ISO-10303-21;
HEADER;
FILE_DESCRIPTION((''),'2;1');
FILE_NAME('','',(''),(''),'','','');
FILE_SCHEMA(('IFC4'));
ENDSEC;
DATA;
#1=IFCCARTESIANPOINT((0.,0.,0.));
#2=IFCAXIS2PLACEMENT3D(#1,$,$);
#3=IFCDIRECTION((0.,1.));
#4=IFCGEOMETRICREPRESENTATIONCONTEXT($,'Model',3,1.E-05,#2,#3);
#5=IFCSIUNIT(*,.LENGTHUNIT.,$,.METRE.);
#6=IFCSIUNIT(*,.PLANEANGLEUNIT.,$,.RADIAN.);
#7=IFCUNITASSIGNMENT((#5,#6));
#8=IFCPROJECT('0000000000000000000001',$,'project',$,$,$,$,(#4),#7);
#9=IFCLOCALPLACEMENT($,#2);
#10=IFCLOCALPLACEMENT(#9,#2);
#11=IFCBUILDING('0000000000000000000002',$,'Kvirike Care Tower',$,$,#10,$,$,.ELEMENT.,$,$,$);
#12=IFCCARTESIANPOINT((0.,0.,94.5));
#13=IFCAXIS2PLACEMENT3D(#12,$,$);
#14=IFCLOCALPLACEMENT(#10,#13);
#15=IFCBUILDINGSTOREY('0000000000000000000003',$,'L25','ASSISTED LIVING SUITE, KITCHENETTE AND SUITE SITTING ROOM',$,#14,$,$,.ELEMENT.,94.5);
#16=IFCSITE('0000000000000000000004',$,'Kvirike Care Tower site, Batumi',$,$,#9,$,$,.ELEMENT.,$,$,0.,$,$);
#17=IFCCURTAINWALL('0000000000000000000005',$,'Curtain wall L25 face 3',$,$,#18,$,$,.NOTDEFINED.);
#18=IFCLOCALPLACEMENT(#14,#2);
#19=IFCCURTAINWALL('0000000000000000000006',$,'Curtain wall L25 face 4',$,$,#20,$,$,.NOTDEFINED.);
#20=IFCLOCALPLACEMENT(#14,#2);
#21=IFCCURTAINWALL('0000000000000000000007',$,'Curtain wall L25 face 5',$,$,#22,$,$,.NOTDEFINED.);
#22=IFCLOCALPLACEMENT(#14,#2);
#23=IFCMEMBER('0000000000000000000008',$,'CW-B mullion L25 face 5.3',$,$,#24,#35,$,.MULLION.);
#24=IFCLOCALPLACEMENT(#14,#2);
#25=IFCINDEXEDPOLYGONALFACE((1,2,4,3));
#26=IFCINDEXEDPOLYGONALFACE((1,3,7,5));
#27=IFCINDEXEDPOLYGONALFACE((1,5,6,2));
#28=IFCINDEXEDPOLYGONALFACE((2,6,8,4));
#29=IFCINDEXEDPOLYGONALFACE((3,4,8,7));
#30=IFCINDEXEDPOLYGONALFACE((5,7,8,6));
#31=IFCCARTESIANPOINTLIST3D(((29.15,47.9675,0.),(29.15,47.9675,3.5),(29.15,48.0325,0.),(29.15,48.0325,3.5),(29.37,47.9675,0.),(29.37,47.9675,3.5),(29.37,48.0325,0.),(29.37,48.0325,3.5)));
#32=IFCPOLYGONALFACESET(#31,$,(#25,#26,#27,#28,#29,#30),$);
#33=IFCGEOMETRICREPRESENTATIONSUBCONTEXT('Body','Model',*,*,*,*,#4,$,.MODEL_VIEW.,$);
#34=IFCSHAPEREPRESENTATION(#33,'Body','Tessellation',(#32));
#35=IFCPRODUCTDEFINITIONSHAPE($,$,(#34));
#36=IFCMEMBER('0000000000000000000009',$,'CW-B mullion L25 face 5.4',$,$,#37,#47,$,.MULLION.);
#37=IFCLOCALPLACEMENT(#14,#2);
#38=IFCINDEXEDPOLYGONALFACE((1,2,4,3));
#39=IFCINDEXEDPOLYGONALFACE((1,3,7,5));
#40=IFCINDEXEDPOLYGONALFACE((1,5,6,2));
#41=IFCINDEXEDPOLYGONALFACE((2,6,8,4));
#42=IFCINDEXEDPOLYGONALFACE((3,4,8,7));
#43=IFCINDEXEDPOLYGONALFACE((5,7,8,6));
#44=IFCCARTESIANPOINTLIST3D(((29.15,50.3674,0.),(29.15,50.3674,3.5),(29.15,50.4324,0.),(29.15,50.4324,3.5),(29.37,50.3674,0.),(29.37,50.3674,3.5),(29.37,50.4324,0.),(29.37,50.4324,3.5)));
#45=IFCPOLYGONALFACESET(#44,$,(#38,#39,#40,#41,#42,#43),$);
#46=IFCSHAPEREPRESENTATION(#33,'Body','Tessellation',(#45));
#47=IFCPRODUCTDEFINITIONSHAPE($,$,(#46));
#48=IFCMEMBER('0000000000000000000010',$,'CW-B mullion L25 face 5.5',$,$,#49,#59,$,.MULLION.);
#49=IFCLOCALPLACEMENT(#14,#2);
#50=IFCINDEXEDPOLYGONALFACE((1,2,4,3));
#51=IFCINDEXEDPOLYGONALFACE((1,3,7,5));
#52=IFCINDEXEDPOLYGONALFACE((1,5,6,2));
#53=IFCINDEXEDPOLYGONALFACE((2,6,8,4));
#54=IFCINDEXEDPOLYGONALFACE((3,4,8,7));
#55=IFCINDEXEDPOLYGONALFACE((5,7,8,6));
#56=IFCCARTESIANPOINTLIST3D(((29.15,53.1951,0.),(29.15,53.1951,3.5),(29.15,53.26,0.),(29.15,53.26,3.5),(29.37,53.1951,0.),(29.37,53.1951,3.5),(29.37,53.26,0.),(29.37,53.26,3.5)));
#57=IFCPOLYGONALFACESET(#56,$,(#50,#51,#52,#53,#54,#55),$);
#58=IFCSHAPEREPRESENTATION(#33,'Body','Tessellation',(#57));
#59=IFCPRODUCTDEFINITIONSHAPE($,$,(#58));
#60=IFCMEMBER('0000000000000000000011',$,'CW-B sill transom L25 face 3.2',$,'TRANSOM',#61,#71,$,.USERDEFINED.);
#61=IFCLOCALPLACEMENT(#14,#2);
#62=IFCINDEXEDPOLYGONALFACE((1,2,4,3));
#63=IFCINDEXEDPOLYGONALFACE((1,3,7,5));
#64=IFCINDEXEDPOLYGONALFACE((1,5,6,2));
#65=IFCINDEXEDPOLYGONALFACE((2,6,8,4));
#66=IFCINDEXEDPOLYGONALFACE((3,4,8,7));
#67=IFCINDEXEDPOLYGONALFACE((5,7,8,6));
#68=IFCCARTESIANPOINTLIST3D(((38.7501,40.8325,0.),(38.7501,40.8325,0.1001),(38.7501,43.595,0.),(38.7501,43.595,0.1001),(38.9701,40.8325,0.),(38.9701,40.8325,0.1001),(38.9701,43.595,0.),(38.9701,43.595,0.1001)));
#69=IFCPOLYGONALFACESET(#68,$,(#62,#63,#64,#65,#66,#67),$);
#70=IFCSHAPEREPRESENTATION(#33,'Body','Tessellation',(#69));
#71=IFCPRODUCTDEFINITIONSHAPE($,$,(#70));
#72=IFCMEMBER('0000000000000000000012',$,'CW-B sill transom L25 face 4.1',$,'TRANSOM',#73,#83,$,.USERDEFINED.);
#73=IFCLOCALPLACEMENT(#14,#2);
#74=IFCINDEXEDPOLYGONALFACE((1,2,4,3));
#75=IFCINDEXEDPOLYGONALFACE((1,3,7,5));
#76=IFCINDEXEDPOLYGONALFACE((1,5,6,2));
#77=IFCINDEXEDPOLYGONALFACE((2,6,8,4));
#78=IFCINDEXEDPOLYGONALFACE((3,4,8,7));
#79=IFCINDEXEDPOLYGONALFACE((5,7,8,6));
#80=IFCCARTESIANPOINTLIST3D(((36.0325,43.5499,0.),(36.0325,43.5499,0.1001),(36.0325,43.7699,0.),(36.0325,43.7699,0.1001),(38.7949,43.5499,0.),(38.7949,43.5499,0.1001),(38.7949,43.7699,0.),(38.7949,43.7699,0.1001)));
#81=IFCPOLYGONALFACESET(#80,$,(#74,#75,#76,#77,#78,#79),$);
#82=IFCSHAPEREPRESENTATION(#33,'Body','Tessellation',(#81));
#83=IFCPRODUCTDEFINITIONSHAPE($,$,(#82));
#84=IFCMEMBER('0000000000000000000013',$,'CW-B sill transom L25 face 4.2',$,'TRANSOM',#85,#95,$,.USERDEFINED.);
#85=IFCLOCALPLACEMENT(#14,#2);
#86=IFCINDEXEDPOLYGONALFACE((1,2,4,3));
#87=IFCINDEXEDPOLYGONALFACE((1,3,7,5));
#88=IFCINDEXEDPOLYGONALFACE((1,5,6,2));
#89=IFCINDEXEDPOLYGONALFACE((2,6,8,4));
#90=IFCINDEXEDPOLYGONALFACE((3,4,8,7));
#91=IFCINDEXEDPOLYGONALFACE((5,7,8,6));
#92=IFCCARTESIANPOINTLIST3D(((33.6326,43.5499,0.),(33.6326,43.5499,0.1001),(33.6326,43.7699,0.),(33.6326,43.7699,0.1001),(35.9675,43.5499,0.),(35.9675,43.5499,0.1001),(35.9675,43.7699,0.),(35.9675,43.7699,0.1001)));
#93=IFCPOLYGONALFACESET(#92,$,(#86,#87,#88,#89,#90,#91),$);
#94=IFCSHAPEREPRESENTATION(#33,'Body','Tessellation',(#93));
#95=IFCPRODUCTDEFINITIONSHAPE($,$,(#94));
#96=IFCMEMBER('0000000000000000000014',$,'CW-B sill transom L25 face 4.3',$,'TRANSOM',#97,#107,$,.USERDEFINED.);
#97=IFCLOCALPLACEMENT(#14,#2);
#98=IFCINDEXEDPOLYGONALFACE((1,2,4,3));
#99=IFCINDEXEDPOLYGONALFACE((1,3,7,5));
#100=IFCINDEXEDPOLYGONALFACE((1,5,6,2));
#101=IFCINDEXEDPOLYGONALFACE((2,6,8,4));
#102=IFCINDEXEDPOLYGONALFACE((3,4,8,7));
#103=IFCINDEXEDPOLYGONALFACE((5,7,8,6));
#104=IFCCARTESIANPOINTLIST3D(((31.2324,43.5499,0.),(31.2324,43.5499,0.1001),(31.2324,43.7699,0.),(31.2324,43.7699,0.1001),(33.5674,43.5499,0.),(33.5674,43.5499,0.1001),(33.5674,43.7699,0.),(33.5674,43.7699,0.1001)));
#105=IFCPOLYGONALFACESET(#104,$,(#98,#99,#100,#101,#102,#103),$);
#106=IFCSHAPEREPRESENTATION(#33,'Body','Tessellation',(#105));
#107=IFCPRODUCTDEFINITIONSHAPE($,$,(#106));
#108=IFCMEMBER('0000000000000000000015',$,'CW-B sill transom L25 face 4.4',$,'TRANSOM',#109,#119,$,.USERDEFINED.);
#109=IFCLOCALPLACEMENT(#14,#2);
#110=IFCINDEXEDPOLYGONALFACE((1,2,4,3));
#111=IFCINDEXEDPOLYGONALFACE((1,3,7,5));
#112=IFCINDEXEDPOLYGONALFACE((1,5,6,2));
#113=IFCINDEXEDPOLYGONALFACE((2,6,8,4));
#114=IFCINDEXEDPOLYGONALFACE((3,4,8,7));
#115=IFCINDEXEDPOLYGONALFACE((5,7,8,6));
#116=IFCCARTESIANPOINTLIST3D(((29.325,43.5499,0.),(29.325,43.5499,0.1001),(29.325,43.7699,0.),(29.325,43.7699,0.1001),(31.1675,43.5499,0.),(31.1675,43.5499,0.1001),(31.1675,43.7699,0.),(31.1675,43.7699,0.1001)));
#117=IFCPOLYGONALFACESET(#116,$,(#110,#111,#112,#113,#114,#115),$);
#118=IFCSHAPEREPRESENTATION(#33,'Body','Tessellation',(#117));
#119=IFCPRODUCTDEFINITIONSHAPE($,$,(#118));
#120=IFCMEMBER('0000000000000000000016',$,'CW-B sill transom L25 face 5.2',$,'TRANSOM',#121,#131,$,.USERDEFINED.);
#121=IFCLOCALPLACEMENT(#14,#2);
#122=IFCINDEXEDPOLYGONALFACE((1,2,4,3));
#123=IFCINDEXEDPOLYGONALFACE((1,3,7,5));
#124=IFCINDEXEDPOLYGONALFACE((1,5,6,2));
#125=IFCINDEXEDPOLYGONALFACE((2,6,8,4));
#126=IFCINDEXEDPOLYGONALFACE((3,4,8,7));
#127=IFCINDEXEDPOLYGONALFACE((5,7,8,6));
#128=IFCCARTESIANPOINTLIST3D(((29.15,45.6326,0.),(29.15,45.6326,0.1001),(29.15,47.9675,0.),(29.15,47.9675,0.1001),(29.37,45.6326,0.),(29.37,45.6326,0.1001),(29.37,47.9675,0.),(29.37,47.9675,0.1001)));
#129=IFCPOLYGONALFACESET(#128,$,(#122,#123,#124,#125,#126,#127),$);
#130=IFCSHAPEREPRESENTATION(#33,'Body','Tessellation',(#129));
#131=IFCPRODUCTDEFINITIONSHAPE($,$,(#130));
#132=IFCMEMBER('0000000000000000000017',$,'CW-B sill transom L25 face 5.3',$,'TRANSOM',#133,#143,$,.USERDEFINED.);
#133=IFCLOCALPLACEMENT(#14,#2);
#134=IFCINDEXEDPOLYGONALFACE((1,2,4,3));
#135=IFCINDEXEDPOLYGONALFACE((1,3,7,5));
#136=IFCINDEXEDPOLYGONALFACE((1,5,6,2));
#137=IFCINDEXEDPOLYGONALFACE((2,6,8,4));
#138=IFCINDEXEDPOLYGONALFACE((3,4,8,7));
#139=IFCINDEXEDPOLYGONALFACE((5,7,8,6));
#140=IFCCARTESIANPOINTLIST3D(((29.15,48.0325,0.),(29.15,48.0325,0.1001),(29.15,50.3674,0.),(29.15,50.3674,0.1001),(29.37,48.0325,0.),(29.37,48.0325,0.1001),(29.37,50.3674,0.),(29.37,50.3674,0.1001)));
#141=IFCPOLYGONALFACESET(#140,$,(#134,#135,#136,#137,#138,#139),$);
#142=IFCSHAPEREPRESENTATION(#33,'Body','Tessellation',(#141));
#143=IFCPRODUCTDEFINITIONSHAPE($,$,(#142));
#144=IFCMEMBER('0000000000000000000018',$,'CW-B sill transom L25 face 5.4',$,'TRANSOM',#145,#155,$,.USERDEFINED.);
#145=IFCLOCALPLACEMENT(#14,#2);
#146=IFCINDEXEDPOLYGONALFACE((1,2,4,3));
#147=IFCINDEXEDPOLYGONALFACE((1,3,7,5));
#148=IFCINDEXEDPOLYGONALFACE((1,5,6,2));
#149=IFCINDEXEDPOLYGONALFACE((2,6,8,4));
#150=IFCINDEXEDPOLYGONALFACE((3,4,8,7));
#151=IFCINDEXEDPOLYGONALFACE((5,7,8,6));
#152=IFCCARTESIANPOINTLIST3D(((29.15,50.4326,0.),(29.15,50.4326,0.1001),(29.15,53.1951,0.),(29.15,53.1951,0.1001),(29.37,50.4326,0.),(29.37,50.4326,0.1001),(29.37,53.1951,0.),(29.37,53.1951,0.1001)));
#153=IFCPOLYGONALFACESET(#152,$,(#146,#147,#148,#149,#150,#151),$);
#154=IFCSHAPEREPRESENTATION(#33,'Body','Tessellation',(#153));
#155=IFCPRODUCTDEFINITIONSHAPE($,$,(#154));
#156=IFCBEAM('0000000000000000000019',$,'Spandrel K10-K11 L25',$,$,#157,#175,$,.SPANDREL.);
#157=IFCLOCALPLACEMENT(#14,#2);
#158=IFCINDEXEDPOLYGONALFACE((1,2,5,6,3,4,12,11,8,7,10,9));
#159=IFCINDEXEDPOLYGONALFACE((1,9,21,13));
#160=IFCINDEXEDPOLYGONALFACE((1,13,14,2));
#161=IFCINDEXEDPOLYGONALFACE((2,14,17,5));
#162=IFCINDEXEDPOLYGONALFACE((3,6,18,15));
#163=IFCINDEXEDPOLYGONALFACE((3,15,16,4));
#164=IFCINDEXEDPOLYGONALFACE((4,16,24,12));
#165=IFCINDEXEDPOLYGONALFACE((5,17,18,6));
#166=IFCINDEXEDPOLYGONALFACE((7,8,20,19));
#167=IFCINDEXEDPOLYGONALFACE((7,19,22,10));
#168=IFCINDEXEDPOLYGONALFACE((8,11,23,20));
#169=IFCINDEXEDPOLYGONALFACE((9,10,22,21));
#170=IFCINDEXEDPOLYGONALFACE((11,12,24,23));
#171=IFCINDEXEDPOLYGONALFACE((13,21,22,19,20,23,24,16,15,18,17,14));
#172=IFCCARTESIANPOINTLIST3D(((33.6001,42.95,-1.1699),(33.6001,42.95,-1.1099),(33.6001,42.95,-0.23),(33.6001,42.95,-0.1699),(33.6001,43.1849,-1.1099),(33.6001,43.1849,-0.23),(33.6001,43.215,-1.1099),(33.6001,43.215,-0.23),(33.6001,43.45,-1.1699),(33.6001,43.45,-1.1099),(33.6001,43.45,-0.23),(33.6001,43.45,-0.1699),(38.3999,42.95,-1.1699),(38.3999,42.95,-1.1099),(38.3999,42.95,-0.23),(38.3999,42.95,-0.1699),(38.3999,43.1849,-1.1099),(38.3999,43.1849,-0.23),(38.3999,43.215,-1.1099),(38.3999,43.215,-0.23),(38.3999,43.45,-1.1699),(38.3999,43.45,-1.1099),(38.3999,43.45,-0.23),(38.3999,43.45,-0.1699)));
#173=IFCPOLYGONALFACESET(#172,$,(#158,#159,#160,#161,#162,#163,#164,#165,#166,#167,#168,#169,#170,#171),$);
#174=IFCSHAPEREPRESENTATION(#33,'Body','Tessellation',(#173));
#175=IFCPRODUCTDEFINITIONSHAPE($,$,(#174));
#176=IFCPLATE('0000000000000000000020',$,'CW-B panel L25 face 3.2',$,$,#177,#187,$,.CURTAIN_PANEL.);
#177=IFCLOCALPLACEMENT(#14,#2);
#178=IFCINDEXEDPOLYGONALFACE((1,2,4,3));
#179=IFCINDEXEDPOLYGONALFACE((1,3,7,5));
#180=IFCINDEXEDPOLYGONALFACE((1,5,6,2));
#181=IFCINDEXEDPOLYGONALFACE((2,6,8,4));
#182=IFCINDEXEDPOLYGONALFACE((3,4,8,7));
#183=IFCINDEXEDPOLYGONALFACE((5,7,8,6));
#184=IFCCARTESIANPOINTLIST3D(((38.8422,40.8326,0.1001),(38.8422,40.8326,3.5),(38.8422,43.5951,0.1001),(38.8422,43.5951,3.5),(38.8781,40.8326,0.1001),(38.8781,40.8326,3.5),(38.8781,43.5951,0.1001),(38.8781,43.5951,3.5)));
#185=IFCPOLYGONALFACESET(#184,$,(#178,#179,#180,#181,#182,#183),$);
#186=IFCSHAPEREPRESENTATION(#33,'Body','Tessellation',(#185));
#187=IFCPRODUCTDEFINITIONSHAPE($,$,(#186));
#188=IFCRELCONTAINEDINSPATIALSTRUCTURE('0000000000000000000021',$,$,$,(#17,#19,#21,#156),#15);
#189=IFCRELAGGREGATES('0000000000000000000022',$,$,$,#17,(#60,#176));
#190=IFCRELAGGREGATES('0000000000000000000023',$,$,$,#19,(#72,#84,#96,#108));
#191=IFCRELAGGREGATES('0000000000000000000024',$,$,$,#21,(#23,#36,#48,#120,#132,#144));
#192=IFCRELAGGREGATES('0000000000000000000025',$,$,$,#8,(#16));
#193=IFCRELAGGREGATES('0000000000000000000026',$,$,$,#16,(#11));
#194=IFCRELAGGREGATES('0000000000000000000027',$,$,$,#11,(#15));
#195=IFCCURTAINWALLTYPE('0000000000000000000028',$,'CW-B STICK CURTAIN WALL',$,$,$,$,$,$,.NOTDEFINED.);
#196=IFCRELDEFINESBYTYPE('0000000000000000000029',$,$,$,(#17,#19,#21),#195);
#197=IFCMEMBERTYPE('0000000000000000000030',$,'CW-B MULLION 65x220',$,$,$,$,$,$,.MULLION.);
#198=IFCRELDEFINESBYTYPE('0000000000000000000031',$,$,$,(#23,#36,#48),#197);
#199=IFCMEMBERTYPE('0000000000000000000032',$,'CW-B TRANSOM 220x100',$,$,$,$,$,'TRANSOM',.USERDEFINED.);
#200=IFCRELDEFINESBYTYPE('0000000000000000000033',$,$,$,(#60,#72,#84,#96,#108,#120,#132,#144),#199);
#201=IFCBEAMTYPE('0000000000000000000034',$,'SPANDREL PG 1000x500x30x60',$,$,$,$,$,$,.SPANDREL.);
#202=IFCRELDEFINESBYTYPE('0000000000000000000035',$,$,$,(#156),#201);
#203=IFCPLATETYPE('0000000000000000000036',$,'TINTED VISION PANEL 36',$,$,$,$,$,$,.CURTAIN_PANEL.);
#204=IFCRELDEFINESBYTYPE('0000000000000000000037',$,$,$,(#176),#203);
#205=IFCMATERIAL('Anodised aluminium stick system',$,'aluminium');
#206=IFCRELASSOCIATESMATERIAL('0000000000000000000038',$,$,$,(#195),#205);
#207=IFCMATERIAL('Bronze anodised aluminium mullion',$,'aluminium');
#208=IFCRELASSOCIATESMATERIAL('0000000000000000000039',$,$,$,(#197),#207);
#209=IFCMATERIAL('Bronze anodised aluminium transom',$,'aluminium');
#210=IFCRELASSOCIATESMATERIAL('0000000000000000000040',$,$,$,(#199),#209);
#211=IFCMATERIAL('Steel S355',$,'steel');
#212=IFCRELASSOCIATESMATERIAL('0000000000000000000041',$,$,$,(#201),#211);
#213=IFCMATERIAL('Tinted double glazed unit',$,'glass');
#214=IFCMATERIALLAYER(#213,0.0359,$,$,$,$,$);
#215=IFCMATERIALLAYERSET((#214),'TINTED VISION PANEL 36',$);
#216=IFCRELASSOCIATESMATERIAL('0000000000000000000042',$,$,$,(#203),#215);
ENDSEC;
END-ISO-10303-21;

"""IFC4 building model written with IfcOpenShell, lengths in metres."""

from ifc_helpers import new_model, si_unit, direction, frame, origin, origin_2d, place, context, subcontext, project, spatial, rectangle, i_section, extrude, material, layer, layer_set, material_profile, profile_set, type_object, element, aggregate, save


model = new_model("IFC4")

# Units and contexts
model_context = context("Model", 3, precision=1e-05, world=origin(), true_north=direction((0.0, 1.0)))
body_context = subcontext(model_context, "Body", "Model", "MODEL_VIEW")
ifc_project = project(units=[si_unit("LENGTHUNIT", "METRE"), si_unit("PLANEANGLEUNIT", "RADIAN")], contexts=[model_context])

# Site, building, storey
site_placement = place(None, origin())
site = spatial("IfcSite", under=ifc_project, at=site_placement, Name="Kvirike Care Tower site, Batumi", CompositionType="ELEMENT", RefElevation=0.0)
building_placement = place(site_placement, origin())
building = spatial("IfcBuilding", under=site, at=building_placement, Name="Kvirike Care Tower", CompositionType="ELEMENT")
storey_placement = place(building_placement, frame((0.0, 0.0, 94.5)))
storey = spatial("IfcBuildingStorey", under=building, at=storey_placement, Name="L25", Description="ASSISTED LIVING SUITE, KITCHENETTE AND SUITE SITTING ROOM", CompositionType="ELEMENT", Elevation=94.5)

# Curtain walls
ifc_material_1 = material(Name="Anodised aluminium stick system", Category="aluminium")
curtain_wall_type = type_object("IfcCurtainWallType", Name="CW-B STICK CURTAIN WALL", PredefinedType="NOTDEFINED", material=ifc_material_1)
curtain_wall_1_placement = place(storey_placement, origin())
curtain_wall_1 = element("IfcCurtainWall", 1, at=curtain_wall_1_placement, inside=storey, type_object=curtain_wall_type, Name="Curtain wall L25 face 3", PredefinedType="NOTDEFINED")
curtain_wall_2_placement = place(storey_placement, origin())
curtain_wall_2 = element("IfcCurtainWall", 2, at=curtain_wall_2_placement, inside=storey, type_object=curtain_wall_type, Name="Curtain wall L25 face 4", PredefinedType="NOTDEFINED")
curtain_wall_3_placement = place(storey_placement, origin())
curtain_wall_3 = element("IfcCurtainWall", 3, at=curtain_wall_3_placement, inside=storey, type_object=curtain_wall_type, Name="Curtain wall L25 face 5", PredefinedType="NOTDEFINED")

# Members
ifc_material_2 = material(Name="Bronze anodised aluminium mullion", Category="aluminium")
ifc_material_profile_1 = material_profile(ifc_material_2, rectangle(XDim=0.0649, YDim=0.22, at=origin_2d()), Name="CW-B MULLION 65x220")
ifc_profile_set_1 = profile_set([ifc_material_profile_1], Name="Bronze anodised aluminium mullion")
member_type_1 = type_object("IfcMemberType", Name="CW-B MULLION 65x220", PredefinedType="MULLION", material=ifc_profile_set_1)
member_1_placement = place(storey_placement, frame((29.26, 48.0, 0.0), z_axis=(0.0, 0.0, 1.0), x_axis=(0.0, 1.0, 0.0)))
member_1 = element("IfcMember", 4, at=member_1_placement, type_object=member_type_1, Name="CW-B mullion L25 face 5.3", PredefinedType="MULLION", context=body_context, shape_type="SweptSolid", body=[
    extrude(rectangle(XDim=0.0649, YDim=0.22, at=origin_2d()), origin(), (0.0, 0.0, 1.0), 3.5),
])
member_2_placement = place(storey_placement, frame((29.26, 50.3999, 0.0), z_axis=(0.0, 0.0, 1.0), x_axis=(0.0, 1.0, 0.0)))
member_2 = element("IfcMember", 5, at=member_2_placement, type_object=member_type_1, Name="CW-B mullion L25 face 5.4", PredefinedType="MULLION", context=body_context, shape_type="SweptSolid", body=[
    extrude(rectangle(XDim=0.0649, YDim=0.22, at=origin_2d()), origin(), (0.0, 0.0, 1.0), 3.5),
])
member_3_placement = place(storey_placement, frame((29.26, 53.2275, 0.0), z_axis=(0.0, 0.0, 1.0), x_axis=(0.0, 1.0, 0.0)))
member_3 = element("IfcMember", 6, at=member_3_placement, type_object=member_type_1, Name="CW-B mullion L25 face 5.5", PredefinedType="MULLION", context=body_context, shape_type="SweptSolid", body=[
    extrude(rectangle(XDim=0.0649, YDim=0.22, at=origin_2d()), origin(), (0.0, 0.0, 1.0), 3.5),
])
ifc_material_3 = material(Name="Bronze anodised aluminium transom", Category="aluminium")
ifc_material_profile_2 = material_profile(ifc_material_3, rectangle(XDim=0.22, YDim=0.1001, at=origin_2d()), Name="CW-B TRANSOM 220x100")
ifc_profile_set_2 = profile_set([ifc_material_profile_2], Name="Bronze anodised aluminium transom")
member_type_2 = type_object("IfcMemberType", Name="CW-B TRANSOM 220x100", ElementType="TRANSOM", PredefinedType="USERDEFINED", material=ifc_profile_set_2)
member_4_placement = place(storey_placement, frame((38.8601, 40.8325, 0.05), z_axis=(0.0, 1.0, 0.0), x_axis=(-1.0, 0.0, 0.0)))
member_4 = element("IfcMember", 7, at=member_4_placement, type_object=member_type_2, Name="CW-B sill transom L25 face 3.2", ObjectType="TRANSOM", PredefinedType="USERDEFINED", context=body_context, shape_type="SweptSolid", body=[
    extrude(rectangle(XDim=0.22, YDim=0.1001, at=origin_2d()), origin(), (0.0, 0.0, 1.0), 2.7625),
])
member_5_placement = place(storey_placement, frame((38.7949, 43.6599, 0.05), z_axis=(-1.0, 0.0, 0.0), x_axis=(0.0, -1.0, 0.0)))
member_5 = element("IfcMember", 8, at=member_5_placement, type_object=member_type_2, Name="CW-B sill transom L25 face 4.1", ObjectType="TRANSOM", PredefinedType="USERDEFINED", context=body_context, shape_type="SweptSolid", body=[
    extrude(rectangle(XDim=0.22, YDim=0.1001, at=origin_2d()), origin(), (0.0, 0.0, 1.0), 2.7625),
])
member_6_placement = place(storey_placement, frame((35.9675, 43.6599, 0.05), z_axis=(-1.0, 0.0, 0.0), x_axis=(0.0, -1.0, 0.0)))
member_6 = element("IfcMember", 9, at=member_6_placement, type_object=member_type_2, Name="CW-B sill transom L25 face 4.2", ObjectType="TRANSOM", PredefinedType="USERDEFINED", context=body_context, shape_type="SweptSolid", body=[
    extrude(rectangle(XDim=0.22, YDim=0.1001, at=origin_2d()), origin(), (0.0, 0.0, 1.0), 2.335),
])
member_7_placement = place(storey_placement, frame((33.5674, 43.6599, 0.05), z_axis=(-1.0, 0.0, 0.0), x_axis=(0.0, -1.0, 0.0)))
member_7 = element("IfcMember", 10, at=member_7_placement, type_object=member_type_2, Name="CW-B sill transom L25 face 4.3", ObjectType="TRANSOM", PredefinedType="USERDEFINED", context=body_context, shape_type="SweptSolid", body=[
    extrude(rectangle(XDim=0.22, YDim=0.1001, at=origin_2d()), origin(), (0.0, 0.0, 1.0), 2.335),
])
member_8_placement = place(storey_placement, frame((31.1675, 43.6599, 0.05), z_axis=(-1.0, 0.0, 0.0), x_axis=(0.0, -1.0, 0.0)))
member_8 = element("IfcMember", 11, at=member_8_placement, type_object=member_type_2, Name="CW-B sill transom L25 face 4.4", ObjectType="TRANSOM", PredefinedType="USERDEFINED", context=body_context, shape_type="SweptSolid", body=[
    extrude(rectangle(XDim=0.22, YDim=0.1001, at=origin_2d()), origin(), (0.0, 0.0, 1.0), 1.8425),
])
member_9_placement = place(storey_placement, frame((29.26, 45.6326, 0.05), z_axis=(0.0, 1.0, 0.0), x_axis=(-1.0, 0.0, 0.0)))
member_9 = element("IfcMember", 12, at=member_9_placement, type_object=member_type_2, Name="CW-B sill transom L25 face 5.2", ObjectType="TRANSOM", PredefinedType="USERDEFINED", context=body_context, shape_type="SweptSolid", body=[
    extrude(rectangle(XDim=0.22, YDim=0.1001, at=origin_2d()), origin(), (0.0, 0.0, 1.0), 2.335),
])
member_10_placement = place(storey_placement, frame((29.26, 48.0325, 0.05), z_axis=(0.0, 1.0, 0.0), x_axis=(-1.0, 0.0, 0.0)))
member_10 = element("IfcMember", 13, at=member_10_placement, type_object=member_type_2, Name="CW-B sill transom L25 face 5.3", ObjectType="TRANSOM", PredefinedType="USERDEFINED", context=body_context, shape_type="SweptSolid", body=[
    extrude(rectangle(XDim=0.22, YDim=0.1001, at=origin_2d()), origin(), (0.0, 0.0, 1.0), 2.335),
])
member_11_placement = place(storey_placement, frame((29.26, 50.4326, 0.05), z_axis=(0.0, 1.0, 0.0), x_axis=(-1.0, 0.0, 0.0)))
member_11 = element("IfcMember", 14, at=member_11_placement, type_object=member_type_2, Name="CW-B sill transom L25 face 5.4", ObjectType="TRANSOM", PredefinedType="USERDEFINED", context=body_context, shape_type="SweptSolid", body=[
    extrude(rectangle(XDim=0.22, YDim=0.1001, at=origin_2d()), origin(), (0.0, 0.0, 1.0), 2.7625),
])

# Beam
ifc_material_4 = material(Name="Steel S355", Category="steel")
ifc_material_profile_3 = material_profile(ifc_material_4, i_section(OverallWidth=0.5, OverallDepth=1.0, WebThickness=0.03, FlangeThickness=0.0601, at=origin_2d()), Name="PG 1000x500x30x60")
ifc_profile_set_3 = profile_set([ifc_material_profile_3], Name="Steel S355")
beam_type = type_object("IfcBeamType", Name="SPANDREL PG 1000x500x30x60", PredefinedType="SPANDREL", material=ifc_profile_set_3)
beam_placement = place(storey_placement, frame((33.6001, 43.2, -0.6699), z_axis=(1.0, 0.0, 0.0), x_axis=(0.0, 1.0, 0.0)))
element("IfcBeam", 15, at=beam_placement, inside=storey, type_object=beam_type, Name="Spandrel K10-K11 L25", PredefinedType="SPANDREL", context=body_context, shape_type="SweptSolid", body=[
    extrude(i_section(OverallWidth=0.5, OverallDepth=1.0, WebThickness=0.03, FlangeThickness=0.0601, at=origin_2d()), origin(), (0.0, 0.0, 1.0), 4.7998),
])

# Plate
ifc_material_5 = material(Name="Tinted double glazed unit", Category="glass")
ifc_layer_1 = layer(ifc_material_5, 0.0359)
ifc_layer_set_1 = layer_set([ifc_layer_1], Name="TINTED VISION PANEL 36")
plate_type = type_object("IfcPlateType", Name="TINTED VISION PANEL 36", PredefinedType="CURTAIN_PANEL", material=ifc_layer_set_1)
plate_1_placement = place(storey_placement, frame((38.8601, 42.2139, 0.1001), z_axis=(0.0, 0.0, 1.0), x_axis=(0.0, 1.0, 0.0)))
plate_1 = element("IfcPlate", 16, at=plate_1_placement, type_object=plate_type, Name="CW-B panel L25 face 3.2", PredefinedType="CURTAIN_PANEL", context=body_context, shape_type="SweptSolid", body=[
    extrude(rectangle(XDim=2.7625, YDim=0.0359, at=origin_2d()), origin(), (0.0, 0.0, 1.0), 3.3999),
])
aggregate(curtain_wall_1, [member_4, plate_1])
aggregate(curtain_wall_2, [member_5, member_6, member_7, member_8])
aggregate(curtain_wall_3, [member_1, member_2, member_3, member_9, member_10, member_11])

save(model, "model.ifc")
